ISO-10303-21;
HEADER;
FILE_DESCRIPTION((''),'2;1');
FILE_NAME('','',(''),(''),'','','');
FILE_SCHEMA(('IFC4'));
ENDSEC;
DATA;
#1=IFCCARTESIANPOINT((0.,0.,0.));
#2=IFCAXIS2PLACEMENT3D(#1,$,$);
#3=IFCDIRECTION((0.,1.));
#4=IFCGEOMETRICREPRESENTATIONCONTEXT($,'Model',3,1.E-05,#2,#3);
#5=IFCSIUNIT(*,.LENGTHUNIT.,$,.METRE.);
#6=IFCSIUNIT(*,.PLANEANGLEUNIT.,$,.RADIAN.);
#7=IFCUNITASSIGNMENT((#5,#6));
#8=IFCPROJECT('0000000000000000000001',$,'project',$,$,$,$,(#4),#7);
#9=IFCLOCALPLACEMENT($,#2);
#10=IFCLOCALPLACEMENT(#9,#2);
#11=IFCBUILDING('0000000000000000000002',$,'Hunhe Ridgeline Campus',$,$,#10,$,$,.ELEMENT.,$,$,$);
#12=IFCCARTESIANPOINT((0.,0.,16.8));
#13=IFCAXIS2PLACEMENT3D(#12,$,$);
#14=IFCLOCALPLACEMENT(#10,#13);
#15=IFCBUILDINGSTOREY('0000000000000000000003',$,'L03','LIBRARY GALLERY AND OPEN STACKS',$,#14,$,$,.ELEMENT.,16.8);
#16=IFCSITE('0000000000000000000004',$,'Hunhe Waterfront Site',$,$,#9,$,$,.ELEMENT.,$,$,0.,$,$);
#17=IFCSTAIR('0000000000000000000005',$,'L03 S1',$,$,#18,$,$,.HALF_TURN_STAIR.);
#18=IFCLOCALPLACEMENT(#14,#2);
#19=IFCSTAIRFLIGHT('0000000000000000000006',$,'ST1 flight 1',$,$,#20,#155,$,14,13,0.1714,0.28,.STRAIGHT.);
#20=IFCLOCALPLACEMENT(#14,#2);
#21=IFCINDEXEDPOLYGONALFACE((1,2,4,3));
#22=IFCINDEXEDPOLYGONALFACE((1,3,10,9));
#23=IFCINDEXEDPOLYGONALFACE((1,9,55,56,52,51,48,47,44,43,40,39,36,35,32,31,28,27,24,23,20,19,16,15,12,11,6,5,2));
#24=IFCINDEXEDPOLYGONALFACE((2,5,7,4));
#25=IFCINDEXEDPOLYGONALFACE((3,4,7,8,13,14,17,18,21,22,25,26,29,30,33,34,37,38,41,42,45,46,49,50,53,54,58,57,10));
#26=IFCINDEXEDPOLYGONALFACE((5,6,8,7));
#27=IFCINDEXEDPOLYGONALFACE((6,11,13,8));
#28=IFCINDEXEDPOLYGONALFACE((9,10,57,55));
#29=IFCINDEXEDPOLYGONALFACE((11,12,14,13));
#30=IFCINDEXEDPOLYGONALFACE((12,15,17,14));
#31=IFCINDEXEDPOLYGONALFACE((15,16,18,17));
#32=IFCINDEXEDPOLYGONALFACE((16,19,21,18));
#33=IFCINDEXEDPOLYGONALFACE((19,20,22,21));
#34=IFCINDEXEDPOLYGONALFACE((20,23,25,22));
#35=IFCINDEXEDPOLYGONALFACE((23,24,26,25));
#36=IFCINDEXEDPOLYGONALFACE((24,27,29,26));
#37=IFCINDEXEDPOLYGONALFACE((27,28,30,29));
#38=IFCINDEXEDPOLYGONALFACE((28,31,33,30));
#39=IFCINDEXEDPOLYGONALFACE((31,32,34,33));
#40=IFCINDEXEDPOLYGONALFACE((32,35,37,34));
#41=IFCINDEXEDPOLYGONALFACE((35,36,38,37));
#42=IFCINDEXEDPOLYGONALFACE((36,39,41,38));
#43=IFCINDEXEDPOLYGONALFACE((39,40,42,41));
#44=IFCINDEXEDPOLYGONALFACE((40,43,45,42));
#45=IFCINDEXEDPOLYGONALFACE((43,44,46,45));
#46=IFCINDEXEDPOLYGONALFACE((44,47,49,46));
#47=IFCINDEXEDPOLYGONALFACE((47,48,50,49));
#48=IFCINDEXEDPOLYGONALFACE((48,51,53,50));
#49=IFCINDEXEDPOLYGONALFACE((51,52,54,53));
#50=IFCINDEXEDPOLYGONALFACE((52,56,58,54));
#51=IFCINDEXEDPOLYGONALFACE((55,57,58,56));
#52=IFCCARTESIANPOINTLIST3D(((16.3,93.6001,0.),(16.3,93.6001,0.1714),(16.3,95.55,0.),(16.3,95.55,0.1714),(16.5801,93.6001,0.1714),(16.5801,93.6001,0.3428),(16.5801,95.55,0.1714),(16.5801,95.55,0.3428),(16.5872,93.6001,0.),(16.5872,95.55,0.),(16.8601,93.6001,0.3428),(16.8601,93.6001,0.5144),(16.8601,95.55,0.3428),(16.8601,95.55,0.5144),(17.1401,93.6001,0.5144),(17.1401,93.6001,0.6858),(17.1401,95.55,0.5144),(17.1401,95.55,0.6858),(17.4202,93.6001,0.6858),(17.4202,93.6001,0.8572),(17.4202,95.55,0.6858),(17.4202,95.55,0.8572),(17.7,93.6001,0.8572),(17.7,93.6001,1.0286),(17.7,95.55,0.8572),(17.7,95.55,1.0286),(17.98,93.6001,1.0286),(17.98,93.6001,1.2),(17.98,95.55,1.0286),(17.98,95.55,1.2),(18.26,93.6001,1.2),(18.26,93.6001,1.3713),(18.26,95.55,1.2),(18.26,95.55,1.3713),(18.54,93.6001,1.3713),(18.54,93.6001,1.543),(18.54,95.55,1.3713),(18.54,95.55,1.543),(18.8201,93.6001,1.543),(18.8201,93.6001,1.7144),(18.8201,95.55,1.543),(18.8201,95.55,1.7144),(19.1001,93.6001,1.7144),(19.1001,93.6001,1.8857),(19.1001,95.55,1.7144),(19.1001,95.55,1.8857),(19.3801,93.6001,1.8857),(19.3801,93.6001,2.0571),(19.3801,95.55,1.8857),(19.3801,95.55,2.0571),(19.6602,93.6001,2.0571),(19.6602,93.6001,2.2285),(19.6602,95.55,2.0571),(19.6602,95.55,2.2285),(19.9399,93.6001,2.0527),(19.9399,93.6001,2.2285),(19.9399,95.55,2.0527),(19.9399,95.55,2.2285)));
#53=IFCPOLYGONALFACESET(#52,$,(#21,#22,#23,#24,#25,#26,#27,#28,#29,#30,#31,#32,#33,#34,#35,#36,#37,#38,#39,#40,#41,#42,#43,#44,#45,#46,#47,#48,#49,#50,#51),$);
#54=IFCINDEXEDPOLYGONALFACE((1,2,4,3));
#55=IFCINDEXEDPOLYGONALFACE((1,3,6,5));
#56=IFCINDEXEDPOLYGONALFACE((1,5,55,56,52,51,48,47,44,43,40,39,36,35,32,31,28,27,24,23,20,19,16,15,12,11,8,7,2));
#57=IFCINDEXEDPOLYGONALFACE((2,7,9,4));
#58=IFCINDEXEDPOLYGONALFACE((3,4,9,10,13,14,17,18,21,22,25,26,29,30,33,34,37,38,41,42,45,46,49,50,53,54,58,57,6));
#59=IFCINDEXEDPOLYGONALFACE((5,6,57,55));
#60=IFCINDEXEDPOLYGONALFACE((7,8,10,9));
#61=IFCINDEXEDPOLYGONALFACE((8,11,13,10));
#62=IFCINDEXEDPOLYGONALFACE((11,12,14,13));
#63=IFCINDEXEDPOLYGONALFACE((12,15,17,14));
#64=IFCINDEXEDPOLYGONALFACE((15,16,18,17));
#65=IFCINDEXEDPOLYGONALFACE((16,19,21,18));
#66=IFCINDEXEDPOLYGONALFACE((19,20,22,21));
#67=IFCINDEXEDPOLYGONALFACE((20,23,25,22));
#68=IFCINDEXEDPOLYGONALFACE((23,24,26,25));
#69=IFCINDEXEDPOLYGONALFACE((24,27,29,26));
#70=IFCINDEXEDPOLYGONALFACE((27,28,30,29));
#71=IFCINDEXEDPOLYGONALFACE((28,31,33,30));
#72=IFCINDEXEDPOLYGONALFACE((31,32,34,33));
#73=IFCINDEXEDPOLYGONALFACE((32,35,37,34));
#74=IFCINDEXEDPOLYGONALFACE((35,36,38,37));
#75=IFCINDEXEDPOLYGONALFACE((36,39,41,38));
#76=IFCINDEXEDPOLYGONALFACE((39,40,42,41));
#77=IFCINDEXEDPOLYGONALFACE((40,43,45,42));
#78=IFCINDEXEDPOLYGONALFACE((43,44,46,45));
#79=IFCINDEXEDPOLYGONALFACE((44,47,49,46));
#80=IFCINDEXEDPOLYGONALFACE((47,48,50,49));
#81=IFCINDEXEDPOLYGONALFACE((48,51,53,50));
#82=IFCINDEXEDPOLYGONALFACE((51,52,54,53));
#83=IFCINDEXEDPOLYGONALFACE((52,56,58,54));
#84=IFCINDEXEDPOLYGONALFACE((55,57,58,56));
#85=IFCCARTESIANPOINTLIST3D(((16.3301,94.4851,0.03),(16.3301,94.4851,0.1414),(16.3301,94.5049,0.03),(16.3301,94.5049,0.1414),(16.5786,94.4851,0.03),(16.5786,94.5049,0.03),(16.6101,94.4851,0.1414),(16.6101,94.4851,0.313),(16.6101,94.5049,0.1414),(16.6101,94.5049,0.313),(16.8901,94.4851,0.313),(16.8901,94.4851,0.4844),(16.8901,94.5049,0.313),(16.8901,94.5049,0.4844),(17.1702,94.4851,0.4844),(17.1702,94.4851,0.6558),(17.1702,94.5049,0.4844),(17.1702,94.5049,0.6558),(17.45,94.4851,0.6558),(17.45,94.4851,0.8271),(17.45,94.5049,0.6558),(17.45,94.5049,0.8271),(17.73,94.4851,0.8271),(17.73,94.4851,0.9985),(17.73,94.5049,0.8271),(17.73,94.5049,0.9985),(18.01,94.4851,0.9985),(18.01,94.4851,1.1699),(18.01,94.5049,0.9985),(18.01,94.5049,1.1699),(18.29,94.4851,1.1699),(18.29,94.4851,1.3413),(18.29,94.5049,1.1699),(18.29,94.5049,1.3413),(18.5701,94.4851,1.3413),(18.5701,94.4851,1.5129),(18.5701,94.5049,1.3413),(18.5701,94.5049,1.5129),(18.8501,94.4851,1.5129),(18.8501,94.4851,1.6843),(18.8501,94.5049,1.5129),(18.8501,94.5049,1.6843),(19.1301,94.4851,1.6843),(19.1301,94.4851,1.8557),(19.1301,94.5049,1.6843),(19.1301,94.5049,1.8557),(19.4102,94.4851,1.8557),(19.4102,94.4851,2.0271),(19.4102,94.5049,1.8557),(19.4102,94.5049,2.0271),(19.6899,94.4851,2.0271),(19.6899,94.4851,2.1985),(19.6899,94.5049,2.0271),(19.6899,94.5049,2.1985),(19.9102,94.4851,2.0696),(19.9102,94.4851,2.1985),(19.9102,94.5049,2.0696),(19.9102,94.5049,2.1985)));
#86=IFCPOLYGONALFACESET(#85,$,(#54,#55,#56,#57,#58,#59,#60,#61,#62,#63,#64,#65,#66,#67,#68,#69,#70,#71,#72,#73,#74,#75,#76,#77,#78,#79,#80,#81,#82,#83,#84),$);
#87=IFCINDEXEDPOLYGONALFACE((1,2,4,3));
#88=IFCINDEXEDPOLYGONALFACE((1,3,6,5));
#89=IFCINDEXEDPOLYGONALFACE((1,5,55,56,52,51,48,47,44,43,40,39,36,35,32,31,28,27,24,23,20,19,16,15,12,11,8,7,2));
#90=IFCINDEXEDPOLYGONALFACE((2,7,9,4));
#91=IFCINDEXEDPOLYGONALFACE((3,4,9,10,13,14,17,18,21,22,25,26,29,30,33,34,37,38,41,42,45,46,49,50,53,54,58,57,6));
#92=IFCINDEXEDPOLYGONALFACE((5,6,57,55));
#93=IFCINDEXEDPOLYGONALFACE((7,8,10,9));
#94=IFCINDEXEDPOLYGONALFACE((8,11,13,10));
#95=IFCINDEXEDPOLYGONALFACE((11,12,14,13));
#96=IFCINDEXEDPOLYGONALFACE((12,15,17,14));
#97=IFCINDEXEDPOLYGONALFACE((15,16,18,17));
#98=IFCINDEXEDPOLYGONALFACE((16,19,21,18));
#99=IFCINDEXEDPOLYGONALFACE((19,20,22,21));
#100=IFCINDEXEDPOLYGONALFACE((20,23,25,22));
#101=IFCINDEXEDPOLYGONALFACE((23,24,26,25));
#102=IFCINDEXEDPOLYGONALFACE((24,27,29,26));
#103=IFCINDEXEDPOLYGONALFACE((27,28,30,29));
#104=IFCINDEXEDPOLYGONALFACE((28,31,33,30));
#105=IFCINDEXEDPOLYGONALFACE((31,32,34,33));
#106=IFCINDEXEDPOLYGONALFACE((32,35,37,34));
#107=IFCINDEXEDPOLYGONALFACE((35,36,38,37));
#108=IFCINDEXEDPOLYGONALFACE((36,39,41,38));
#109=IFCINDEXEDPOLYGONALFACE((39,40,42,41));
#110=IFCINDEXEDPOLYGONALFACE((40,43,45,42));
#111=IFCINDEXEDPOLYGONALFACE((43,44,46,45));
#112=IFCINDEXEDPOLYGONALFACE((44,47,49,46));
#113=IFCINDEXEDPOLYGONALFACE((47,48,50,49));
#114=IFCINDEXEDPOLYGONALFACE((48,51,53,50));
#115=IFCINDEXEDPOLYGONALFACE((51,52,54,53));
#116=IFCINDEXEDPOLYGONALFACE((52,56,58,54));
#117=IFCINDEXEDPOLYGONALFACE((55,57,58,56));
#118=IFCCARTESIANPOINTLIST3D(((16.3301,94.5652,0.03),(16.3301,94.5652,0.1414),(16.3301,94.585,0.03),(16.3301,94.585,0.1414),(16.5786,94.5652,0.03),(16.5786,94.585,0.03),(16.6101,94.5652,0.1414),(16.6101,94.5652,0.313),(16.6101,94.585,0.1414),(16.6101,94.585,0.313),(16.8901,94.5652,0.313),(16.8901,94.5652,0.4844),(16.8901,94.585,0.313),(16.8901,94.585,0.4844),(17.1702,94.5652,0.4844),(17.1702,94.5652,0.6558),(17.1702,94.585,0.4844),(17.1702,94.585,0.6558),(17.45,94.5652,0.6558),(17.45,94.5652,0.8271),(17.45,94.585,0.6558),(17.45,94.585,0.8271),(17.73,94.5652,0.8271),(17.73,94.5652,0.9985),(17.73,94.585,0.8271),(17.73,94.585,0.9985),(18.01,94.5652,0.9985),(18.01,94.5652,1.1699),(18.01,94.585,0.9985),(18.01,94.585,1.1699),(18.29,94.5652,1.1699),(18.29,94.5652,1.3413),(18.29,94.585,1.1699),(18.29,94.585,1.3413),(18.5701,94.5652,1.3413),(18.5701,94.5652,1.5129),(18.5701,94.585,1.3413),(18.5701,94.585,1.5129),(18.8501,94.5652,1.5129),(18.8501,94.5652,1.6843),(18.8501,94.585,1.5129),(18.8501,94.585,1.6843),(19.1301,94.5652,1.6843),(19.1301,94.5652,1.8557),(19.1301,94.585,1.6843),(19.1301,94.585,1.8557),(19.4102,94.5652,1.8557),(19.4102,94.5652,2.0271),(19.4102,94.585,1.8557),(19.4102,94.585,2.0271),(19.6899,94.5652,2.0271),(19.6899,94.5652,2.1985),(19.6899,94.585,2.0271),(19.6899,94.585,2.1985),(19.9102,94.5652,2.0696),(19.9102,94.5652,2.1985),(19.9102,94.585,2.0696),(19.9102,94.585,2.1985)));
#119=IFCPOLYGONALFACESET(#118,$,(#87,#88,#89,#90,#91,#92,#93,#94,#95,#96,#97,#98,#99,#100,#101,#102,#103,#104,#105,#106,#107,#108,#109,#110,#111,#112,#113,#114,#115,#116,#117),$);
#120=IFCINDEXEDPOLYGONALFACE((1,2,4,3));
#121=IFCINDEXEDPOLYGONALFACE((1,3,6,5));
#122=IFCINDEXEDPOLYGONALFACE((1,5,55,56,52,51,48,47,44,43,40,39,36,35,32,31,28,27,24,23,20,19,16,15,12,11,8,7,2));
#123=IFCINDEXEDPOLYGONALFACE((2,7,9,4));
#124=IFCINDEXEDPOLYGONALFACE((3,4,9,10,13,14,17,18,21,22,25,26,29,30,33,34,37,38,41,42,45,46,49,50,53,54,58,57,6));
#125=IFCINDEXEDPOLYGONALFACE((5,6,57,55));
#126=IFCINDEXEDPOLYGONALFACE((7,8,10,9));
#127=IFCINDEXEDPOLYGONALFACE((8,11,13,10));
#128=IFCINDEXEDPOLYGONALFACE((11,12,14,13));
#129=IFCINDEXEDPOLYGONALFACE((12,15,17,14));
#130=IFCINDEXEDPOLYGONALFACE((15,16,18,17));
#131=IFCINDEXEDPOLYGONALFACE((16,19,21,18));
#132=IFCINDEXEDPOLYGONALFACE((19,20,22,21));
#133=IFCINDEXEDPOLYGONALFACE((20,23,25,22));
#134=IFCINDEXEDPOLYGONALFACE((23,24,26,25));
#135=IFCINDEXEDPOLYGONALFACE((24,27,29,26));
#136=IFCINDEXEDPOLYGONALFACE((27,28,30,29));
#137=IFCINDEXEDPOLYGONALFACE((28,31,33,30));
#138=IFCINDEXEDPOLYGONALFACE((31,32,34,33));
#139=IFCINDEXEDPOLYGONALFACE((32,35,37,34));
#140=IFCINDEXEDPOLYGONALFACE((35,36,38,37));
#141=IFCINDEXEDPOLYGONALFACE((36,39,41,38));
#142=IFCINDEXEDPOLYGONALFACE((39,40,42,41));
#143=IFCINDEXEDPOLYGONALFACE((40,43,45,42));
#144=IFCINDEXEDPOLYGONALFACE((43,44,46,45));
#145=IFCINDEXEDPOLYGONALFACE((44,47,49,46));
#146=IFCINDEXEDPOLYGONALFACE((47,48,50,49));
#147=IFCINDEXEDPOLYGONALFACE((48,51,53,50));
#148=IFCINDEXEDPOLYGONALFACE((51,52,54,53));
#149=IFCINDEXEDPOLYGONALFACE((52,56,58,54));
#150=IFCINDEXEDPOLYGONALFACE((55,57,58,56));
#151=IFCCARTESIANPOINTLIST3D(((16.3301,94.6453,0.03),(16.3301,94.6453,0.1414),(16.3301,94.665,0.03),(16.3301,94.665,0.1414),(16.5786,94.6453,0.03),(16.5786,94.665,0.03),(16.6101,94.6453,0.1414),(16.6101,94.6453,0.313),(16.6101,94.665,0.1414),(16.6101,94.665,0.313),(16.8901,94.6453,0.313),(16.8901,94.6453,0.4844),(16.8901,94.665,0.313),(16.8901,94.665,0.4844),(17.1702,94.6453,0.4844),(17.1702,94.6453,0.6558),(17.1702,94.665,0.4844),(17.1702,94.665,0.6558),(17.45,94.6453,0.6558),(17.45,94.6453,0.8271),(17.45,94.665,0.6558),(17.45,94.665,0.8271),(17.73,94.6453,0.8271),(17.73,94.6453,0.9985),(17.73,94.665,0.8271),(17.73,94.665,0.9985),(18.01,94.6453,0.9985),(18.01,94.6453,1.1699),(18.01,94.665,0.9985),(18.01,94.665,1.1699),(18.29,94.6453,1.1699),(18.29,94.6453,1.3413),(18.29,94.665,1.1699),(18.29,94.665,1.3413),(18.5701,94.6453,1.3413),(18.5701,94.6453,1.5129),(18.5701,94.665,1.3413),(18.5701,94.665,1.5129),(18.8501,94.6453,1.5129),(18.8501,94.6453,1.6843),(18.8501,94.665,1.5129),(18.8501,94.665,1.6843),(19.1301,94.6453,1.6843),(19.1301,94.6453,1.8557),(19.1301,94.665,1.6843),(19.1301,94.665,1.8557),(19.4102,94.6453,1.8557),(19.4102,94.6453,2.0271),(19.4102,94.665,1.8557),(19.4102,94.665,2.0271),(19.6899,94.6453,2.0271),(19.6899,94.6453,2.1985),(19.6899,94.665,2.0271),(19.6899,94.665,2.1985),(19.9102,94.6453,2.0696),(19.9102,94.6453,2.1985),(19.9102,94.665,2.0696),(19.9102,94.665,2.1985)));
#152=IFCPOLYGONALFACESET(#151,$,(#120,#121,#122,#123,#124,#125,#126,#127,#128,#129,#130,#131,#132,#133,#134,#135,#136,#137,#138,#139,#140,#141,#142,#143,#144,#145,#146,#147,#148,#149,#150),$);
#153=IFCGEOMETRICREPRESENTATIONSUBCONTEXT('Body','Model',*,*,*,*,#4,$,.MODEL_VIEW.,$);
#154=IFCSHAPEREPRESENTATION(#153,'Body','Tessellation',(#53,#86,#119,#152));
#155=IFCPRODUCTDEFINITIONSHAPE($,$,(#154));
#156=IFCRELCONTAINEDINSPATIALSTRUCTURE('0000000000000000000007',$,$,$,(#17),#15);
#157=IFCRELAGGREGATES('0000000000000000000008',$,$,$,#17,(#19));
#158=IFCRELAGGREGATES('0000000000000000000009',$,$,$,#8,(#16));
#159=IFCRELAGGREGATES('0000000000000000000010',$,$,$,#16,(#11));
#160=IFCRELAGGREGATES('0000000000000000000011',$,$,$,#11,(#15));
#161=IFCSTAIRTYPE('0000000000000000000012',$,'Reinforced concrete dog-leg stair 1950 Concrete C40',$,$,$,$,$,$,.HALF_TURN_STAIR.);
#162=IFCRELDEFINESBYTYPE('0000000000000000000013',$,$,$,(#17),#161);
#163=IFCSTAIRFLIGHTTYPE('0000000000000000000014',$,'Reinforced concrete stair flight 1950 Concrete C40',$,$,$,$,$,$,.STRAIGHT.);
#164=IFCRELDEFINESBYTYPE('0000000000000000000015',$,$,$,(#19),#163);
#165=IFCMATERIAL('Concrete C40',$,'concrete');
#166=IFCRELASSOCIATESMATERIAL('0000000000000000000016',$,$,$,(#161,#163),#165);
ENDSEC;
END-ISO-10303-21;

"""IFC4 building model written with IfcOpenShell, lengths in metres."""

from ifc_helpers import new_model, si_unit, direction, frame, origin, place, context, subcontext, project, spatial, polyline, outline, extrude, material, type_object, element, aggregate, save


model = new_model("IFC4")

# Units and contexts
model_context = context("Model", 3, precision=1e-05, world=origin(), true_north=direction((0.0, 1.0)))
body_context = subcontext(model_context, "Body", "Model", "MODEL_VIEW")
ifc_project = project(units=[si_unit("LENGTHUNIT", "METRE"), si_unit("PLANEANGLEUNIT", "RADIAN")], contexts=[model_context])

# Site, building, storey
site_placement = place(None, origin())
site = spatial("IfcSite", under=ifc_project, at=site_placement, Name="Hunhe Waterfront Site", CompositionType="ELEMENT", RefElevation=0.0)
building_placement = place(site_placement, origin())
building = spatial("IfcBuilding", under=site, at=building_placement, Name="Hunhe Ridgeline Campus", CompositionType="ELEMENT")
storey_placement = place(building_placement, frame((0.0, 0.0, 16.8)))
storey = spatial("IfcBuildingStorey", under=building, at=storey_placement, Name="L03", Description="LIBRARY GALLERY AND OPEN STACKS", CompositionType="ELEMENT", Elevation=16.8)

# Stair, stair flight
ifc_material_1 = material(Name="Concrete C40", Category="concrete")
stair_type = type_object("IfcStairType", Name="Reinforced concrete dog-leg stair 1950 Concrete C40", PredefinedType="HALF_TURN_STAIR", material=ifc_material_1)
stair_placement = place(storey_placement, origin())
stair = element("IfcStair", 1, at=stair_placement, inside=storey, type_object=stair_type, Name="L03 S1", PredefinedType="HALF_TURN_STAIR")
stair_flight_type = type_object("IfcStairFlightType", Name="Reinforced concrete stair flight 1950 Concrete C40", PredefinedType="STRAIGHT", material=ifc_material_1)
stair_flight_1_placement = place(storey_placement, frame((16.3, 94.575, 0.0), z_axis=(0.0, 0.0, 1.0), x_axis=(1.0, 0.0, 0.0)))
stair_flight_1 = element("IfcStairFlight", 2, at=stair_flight_1_placement, type_object=stair_flight_type, Name="ST1 flight 1", NumberOfRisers=14, NumberOfTreads=13, PredefinedType="STRAIGHT", RiserHeight=0.1714, TreadLength=0.28, context=body_context, shape_type="SweptSolid", body=[
    extrude(outline(polyline([(0.0, 0.0), (0.0, 0.1714), (0.28, 0.1714), (0.28, 0.3428), (0.5601, 0.3428), (0.5601, 0.5144), (0.8401, 0.5144), (0.8401, 0.6858), (1.1201, 0.6858), (1.1201, 0.8572), (1.3999, 0.8572), (1.3999, 1.0286), (1.6799, 1.0286), (1.6799, 1.2), (1.96, 1.2), (1.96, 1.3713), (2.24, 1.3713), (2.24, 1.543), (2.52, 1.543), (2.52, 1.7144), (2.8, 1.7144), (2.8, 1.8857), (3.0801, 1.8857), (3.0801, 2.0571), (3.3601, 2.0571), (3.3601, 2.2285), (3.6399, 2.2285), (3.6399, 2.3999), (3.6399, 2.0527), (0.2871, 0.0), (0.0, 0.0)])), frame((0.0, 0.9751, 0.0), z_axis=(0.0, -1.0, 0.0), x_axis=(1.0, 0.0, 0.0)), (0.0, 0.0, 1.0), 1.95),
    extrude(outline(polyline([(0.03, 0.03), (0.03, 0.1414), (0.3101, 0.1414), (0.3101, 0.313), (0.5901, 0.313), (0.5901, 0.4844), (0.8701, 0.4844), (0.8701, 0.6558), (1.1499, 0.6558), (1.1499, 0.8271), (1.4299, 0.8271), (1.4299, 0.9985), (1.71, 0.9985), (1.71, 1.1699), (1.99, 1.1699), (1.99, 1.3413), (2.27, 1.3413), (2.27, 1.5129), (2.55, 1.5129), (2.55, 1.6843), (2.8301, 1.6843), (2.8301, 1.8557), (3.1101, 1.8557), (3.1101, 2.0271), (3.3899, 2.0271), (3.3899, 2.1985), (3.6101, 2.1985), (3.6101, 2.0696), (0.2786, 0.03), (0.03, 0.03)])), frame((0.0, -0.0701, 0.0), z_axis=(0.0, -1.0, 0.0), x_axis=(1.0, 0.0, 0.0)), (0.0, 0.0, 1.0), 0.0198),
    extrude(outline(polyline([(0.03, 0.03), (0.03, 0.1414), (0.3101, 0.1414), (0.3101, 0.313), (0.5901, 0.313), (0.5901, 0.4844), (0.8701, 0.4844), (0.8701, 0.6558), (1.1499, 0.6558), (1.1499, 0.8271), (1.4299, 0.8271), (1.4299, 0.9985), (1.71, 0.9985), (1.71, 1.1699), (1.99, 1.1699), (1.99, 1.3413), (2.27, 1.3413), (2.27, 1.5129), (2.55, 1.5129), (2.55, 1.6843), (2.8301, 1.6843), (2.8301, 1.8557), (3.1101, 1.8557), (3.1101, 2.0271), (3.3899, 2.0271), (3.3899, 2.1985), (3.6101, 2.1985), (3.6101, 2.0696), (0.2786, 0.03), (0.03, 0.03)])), frame((0.0, 0.01, 0.0), z_axis=(0.0, -1.0, 0.0), x_axis=(1.0, 0.0, 0.0)), (0.0, 0.0, 1.0), 0.0198),
    extrude(outline(polyline([(0.03, 0.03), (0.03, 0.1414), (0.3101, 0.1414), (0.3101, 0.313), (0.5901, 0.313), (0.5901, 0.4844), (0.8701, 0.4844), (0.8701, 0.6558), (1.1499, 0.6558), (1.1499, 0.8271), (1.4299, 0.8271), (1.4299, 0.9985), (1.71, 0.9985), (1.71, 1.1699), (1.99, 1.1699), (1.99, 1.3413), (2.27, 1.3413), (2.27, 1.5129), (2.55, 1.5129), (2.55, 1.6843), (2.8301, 1.6843), (2.8301, 1.8557), (3.1101, 1.8557), (3.1101, 2.0271), (3.3899, 2.0271), (3.3899, 2.1985), (3.6101, 2.1985), (3.6101, 2.0696), (0.2786, 0.03), (0.03, 0.03)])), frame((0.0, 0.0901, 0.0), z_axis=(0.0, -1.0, 0.0), x_axis=(1.0, 0.0, 0.0)), (0.0, 0.0, 1.0), 0.0198),
])
aggregate(stair, [stair_flight_1])

save(model, "model.ifc")
